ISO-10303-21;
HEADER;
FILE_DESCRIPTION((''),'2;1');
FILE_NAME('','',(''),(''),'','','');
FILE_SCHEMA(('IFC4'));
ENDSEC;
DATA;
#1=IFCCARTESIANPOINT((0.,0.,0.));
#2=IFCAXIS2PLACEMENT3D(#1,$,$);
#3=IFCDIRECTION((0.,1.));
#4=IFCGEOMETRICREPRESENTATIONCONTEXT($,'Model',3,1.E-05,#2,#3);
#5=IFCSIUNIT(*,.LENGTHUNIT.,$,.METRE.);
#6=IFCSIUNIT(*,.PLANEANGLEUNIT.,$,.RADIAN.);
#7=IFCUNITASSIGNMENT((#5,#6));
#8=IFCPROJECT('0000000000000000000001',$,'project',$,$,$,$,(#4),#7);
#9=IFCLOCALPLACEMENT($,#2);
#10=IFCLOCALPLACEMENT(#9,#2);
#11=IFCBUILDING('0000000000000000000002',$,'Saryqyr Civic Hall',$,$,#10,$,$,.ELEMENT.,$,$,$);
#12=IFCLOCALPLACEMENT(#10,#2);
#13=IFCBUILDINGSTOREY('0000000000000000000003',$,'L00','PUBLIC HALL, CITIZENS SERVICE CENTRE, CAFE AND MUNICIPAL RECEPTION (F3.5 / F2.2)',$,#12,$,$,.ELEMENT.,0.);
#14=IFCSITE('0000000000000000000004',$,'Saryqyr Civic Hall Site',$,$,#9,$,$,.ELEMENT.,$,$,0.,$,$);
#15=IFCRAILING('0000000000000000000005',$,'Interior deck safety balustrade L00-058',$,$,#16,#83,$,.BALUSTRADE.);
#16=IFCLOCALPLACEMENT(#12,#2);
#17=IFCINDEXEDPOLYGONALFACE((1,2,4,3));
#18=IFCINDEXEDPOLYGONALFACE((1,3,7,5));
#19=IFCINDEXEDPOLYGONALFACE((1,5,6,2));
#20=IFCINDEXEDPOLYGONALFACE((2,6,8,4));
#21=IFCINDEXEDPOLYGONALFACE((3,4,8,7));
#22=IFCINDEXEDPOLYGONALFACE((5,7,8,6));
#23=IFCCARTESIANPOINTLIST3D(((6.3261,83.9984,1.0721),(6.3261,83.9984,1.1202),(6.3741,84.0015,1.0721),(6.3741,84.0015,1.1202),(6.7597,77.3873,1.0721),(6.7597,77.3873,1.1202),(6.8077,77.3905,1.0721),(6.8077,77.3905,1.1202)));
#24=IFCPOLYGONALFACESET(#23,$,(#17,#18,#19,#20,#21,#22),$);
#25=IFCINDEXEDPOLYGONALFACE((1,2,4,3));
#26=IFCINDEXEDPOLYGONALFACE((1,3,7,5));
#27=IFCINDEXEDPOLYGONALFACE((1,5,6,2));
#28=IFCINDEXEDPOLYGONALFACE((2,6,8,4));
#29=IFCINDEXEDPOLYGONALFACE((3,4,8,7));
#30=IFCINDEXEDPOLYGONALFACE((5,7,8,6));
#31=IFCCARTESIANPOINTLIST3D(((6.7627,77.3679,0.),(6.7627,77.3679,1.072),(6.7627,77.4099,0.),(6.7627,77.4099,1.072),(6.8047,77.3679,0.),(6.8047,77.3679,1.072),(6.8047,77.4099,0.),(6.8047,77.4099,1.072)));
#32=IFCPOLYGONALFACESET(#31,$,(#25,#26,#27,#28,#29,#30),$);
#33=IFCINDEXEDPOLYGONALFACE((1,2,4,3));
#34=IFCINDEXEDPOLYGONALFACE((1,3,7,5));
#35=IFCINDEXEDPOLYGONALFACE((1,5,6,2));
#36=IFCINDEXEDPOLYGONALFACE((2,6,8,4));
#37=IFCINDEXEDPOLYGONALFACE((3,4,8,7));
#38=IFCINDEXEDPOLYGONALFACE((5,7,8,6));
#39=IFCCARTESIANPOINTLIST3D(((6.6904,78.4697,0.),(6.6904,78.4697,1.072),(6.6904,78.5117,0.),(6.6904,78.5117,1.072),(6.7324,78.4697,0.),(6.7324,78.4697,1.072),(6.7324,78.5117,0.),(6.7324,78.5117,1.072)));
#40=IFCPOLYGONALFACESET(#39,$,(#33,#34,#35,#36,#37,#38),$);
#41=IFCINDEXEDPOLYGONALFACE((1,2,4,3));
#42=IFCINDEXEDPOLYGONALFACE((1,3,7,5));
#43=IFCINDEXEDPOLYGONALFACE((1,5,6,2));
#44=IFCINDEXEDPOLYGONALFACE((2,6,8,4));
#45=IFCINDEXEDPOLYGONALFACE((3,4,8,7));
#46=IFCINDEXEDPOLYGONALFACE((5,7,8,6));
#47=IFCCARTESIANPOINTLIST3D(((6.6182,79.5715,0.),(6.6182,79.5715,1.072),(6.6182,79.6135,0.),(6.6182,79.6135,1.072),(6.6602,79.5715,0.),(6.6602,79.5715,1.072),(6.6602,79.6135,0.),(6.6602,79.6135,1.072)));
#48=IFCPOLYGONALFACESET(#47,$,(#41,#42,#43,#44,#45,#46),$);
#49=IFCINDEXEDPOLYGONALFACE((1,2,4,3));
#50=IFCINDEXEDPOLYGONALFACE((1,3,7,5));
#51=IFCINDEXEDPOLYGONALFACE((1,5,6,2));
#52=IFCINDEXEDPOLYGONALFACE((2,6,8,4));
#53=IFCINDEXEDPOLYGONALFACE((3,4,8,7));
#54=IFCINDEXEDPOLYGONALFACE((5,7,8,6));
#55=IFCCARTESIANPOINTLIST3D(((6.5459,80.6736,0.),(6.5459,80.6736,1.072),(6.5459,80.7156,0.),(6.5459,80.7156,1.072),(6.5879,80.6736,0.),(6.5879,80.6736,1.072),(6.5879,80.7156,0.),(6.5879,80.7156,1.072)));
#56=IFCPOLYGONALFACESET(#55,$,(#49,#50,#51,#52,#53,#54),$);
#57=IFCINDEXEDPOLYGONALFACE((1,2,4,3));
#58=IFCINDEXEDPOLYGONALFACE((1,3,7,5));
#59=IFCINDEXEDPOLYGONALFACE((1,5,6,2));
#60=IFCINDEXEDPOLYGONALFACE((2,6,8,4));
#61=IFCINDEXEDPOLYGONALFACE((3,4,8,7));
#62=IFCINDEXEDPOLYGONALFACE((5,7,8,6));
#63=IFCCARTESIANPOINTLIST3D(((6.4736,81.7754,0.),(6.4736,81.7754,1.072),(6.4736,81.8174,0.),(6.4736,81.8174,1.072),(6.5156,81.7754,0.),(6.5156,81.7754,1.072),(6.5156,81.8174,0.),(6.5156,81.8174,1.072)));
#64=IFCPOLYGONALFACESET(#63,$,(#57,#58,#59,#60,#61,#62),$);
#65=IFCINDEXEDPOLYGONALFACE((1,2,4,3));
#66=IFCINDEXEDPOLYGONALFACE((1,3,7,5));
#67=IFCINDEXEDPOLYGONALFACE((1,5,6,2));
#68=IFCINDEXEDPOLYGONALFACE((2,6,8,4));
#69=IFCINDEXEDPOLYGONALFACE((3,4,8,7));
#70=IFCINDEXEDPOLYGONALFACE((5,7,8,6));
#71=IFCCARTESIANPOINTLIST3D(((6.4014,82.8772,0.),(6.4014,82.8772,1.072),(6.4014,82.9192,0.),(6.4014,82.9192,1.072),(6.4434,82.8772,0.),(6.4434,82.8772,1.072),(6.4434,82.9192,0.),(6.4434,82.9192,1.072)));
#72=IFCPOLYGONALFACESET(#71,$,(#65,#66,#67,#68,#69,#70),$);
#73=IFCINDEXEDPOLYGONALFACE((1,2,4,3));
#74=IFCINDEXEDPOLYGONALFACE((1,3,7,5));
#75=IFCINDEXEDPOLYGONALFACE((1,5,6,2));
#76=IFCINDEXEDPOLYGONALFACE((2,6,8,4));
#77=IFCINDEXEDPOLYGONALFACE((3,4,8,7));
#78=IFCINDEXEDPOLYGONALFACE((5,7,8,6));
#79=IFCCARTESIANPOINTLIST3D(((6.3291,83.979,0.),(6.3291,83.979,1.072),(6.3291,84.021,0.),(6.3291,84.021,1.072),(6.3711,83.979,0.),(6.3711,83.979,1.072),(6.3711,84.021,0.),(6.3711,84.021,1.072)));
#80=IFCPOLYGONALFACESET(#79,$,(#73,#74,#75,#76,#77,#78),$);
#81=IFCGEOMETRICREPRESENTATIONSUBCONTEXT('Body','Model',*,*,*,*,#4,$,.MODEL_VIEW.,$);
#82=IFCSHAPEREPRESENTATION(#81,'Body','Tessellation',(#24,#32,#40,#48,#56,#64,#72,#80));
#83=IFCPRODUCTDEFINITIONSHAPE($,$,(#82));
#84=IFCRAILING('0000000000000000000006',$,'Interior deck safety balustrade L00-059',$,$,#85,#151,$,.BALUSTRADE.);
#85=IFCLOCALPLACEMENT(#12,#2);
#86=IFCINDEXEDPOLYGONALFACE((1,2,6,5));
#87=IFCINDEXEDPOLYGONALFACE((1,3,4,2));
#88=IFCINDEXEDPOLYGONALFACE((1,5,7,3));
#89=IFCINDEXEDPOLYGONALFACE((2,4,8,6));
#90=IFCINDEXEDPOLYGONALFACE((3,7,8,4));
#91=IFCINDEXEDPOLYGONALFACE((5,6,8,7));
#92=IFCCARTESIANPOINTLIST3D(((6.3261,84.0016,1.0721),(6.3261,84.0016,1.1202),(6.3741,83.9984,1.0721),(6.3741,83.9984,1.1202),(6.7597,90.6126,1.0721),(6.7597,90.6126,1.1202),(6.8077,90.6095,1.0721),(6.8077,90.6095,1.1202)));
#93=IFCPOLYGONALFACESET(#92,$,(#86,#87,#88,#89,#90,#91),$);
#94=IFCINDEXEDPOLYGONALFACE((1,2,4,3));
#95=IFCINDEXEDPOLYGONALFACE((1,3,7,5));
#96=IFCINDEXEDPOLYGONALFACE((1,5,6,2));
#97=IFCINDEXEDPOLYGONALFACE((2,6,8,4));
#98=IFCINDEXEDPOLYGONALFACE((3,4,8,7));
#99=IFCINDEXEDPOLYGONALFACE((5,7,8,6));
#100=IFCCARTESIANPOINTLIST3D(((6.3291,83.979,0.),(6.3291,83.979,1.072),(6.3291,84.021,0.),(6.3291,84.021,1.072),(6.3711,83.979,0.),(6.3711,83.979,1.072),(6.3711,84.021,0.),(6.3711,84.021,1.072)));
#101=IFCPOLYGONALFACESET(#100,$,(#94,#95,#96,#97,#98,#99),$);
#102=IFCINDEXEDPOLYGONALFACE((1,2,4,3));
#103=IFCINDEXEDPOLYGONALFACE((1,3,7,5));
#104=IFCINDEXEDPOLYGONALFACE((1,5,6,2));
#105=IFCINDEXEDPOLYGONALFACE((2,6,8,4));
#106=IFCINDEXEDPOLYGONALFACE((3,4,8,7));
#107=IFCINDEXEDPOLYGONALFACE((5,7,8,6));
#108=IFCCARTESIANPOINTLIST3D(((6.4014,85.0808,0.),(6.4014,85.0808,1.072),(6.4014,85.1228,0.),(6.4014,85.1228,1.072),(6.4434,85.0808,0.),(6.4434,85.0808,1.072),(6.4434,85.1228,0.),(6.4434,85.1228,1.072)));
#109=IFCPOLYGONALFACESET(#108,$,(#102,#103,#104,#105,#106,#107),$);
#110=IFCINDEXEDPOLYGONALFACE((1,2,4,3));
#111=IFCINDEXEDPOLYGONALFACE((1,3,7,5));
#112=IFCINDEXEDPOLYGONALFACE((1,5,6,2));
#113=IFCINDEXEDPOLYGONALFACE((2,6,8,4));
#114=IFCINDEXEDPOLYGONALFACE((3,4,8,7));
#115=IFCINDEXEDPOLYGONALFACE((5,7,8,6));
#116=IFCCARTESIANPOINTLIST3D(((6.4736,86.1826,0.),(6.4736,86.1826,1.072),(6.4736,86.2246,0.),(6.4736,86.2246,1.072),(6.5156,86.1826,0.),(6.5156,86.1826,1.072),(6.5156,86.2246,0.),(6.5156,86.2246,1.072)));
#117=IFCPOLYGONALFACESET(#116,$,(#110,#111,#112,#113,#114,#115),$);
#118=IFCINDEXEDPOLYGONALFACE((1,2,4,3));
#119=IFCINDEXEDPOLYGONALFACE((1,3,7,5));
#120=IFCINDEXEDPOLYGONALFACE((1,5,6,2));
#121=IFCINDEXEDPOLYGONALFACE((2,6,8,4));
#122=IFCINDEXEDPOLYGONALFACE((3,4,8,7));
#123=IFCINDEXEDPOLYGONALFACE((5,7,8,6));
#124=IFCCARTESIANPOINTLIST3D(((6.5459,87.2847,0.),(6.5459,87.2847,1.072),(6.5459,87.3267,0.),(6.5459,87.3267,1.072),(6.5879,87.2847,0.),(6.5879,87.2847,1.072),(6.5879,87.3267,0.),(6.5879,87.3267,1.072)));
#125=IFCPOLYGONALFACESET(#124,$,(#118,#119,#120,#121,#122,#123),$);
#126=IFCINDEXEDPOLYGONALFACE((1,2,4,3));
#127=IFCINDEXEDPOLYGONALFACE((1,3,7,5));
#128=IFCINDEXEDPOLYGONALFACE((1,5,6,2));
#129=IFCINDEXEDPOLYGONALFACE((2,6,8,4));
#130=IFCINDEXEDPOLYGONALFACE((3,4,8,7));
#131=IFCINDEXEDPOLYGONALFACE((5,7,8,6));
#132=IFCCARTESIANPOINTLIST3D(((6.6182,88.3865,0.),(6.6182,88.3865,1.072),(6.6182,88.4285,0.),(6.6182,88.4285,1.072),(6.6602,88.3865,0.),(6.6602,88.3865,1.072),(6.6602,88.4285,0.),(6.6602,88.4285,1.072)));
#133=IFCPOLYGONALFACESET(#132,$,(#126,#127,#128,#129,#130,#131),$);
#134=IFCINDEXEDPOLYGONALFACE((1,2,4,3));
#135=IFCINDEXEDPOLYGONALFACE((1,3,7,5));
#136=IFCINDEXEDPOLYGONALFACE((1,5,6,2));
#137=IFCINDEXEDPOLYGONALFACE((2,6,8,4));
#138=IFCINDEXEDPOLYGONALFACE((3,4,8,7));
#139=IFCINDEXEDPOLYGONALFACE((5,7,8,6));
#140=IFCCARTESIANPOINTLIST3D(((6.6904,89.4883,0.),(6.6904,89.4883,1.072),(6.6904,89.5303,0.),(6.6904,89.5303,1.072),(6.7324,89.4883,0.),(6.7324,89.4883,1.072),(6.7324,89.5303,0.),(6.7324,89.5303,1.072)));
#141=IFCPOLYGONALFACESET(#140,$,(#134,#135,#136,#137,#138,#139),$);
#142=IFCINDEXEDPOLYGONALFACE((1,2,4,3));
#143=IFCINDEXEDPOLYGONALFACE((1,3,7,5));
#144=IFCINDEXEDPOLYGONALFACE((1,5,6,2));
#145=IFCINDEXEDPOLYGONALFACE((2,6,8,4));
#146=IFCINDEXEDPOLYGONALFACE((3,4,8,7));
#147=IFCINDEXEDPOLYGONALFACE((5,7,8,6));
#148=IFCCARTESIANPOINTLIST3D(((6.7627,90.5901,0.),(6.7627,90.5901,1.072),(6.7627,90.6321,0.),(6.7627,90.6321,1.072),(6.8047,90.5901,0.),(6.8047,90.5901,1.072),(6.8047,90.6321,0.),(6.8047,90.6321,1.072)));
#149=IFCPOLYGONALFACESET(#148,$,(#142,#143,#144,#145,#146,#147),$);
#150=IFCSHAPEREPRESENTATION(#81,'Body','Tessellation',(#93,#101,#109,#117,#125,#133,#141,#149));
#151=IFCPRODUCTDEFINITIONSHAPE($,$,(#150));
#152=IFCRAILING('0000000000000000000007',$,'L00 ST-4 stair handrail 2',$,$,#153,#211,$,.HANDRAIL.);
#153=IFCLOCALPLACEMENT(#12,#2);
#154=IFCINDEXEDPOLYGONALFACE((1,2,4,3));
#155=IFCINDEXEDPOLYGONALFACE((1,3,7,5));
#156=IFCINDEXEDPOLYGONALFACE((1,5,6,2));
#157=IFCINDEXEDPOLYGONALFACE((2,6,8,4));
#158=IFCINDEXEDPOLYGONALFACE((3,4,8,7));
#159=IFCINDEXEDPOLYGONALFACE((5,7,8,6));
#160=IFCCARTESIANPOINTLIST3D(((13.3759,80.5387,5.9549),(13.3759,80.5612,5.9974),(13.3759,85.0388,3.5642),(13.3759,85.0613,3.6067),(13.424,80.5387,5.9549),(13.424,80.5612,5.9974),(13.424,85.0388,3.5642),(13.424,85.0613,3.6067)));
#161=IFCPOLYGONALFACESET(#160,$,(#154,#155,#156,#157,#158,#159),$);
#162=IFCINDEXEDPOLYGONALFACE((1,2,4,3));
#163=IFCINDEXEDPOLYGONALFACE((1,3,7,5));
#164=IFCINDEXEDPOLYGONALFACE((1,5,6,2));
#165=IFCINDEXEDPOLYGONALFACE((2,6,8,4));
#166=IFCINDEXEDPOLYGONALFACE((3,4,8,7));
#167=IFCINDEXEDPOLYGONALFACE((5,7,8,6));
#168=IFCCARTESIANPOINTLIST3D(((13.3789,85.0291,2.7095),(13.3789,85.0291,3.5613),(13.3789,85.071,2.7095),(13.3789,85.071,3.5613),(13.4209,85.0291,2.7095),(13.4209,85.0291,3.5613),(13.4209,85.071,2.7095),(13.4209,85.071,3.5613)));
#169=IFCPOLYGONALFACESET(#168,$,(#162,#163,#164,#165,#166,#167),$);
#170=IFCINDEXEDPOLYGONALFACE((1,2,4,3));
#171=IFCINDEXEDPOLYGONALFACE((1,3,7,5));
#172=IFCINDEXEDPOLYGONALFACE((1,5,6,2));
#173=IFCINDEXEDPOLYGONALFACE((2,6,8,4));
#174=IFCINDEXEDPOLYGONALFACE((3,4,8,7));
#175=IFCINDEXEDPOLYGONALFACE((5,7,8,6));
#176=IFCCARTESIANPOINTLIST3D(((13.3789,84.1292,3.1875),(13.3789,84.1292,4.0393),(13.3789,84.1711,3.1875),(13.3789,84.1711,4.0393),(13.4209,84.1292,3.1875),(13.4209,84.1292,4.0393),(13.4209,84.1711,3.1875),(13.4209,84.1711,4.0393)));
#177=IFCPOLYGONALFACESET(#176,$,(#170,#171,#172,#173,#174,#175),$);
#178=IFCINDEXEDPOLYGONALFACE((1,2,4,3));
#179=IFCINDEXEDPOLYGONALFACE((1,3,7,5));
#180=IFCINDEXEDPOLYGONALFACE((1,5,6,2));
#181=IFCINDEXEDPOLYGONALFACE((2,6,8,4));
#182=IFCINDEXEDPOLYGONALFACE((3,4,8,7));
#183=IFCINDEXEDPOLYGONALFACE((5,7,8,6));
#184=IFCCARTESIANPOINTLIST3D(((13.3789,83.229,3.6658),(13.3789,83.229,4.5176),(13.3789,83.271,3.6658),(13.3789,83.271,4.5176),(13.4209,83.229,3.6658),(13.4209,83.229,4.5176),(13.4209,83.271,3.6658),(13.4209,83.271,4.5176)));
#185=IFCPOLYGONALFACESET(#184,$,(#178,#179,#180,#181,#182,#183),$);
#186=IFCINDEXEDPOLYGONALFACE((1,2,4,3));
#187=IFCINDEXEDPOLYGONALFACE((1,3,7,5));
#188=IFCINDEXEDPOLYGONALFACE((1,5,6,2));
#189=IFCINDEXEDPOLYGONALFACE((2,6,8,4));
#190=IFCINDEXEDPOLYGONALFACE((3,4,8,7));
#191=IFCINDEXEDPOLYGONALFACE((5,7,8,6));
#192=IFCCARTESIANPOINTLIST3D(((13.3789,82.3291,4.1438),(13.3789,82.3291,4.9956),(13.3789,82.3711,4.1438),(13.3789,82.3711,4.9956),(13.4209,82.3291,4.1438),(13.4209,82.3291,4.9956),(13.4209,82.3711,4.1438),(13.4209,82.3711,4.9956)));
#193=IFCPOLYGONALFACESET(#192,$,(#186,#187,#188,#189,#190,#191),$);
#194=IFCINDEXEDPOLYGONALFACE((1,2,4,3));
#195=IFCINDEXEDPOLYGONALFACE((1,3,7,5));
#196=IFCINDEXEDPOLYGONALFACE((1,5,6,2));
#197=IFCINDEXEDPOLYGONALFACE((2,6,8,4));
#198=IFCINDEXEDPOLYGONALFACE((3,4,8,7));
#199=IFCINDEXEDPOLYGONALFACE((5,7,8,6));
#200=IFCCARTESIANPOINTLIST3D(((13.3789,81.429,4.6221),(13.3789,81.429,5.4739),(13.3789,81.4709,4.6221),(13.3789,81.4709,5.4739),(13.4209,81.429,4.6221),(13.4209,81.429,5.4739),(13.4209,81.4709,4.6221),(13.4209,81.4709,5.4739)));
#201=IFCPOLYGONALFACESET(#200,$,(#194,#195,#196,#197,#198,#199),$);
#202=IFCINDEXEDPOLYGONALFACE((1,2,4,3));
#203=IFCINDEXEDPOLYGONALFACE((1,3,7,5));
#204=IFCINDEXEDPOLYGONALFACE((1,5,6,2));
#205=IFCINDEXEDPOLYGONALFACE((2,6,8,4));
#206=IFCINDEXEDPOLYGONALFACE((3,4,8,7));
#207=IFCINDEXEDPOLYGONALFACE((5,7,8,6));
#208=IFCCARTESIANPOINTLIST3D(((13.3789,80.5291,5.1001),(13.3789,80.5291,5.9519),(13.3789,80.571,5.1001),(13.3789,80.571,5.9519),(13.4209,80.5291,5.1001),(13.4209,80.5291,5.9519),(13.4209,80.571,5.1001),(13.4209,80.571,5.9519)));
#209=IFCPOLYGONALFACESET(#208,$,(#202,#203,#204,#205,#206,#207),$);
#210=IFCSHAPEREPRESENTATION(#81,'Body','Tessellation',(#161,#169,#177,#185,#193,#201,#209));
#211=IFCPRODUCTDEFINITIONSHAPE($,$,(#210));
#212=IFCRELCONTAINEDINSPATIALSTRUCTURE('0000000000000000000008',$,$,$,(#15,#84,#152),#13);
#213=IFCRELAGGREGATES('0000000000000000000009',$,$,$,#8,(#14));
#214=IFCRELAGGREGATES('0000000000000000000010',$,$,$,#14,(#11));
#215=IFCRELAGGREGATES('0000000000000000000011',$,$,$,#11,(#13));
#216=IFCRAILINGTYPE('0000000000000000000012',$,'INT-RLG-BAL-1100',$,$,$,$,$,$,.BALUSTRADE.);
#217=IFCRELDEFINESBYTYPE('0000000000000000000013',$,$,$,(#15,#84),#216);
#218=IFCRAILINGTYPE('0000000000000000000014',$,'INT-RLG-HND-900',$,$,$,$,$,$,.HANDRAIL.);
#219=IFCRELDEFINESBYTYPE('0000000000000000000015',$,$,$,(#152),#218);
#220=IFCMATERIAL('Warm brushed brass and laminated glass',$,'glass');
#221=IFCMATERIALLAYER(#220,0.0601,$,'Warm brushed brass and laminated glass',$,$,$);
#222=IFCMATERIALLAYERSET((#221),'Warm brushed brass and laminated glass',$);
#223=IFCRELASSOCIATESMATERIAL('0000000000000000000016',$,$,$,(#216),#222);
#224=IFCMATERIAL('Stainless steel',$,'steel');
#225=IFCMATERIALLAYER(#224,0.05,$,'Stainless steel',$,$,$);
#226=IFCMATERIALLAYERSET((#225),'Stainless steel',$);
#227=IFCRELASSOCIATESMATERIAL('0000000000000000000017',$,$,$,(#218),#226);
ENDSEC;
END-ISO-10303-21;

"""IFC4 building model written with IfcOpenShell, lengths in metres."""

from ifc_helpers import new_model, si_unit, direction, frame, origin, origin_2d, place, context, subcontext, project, spatial, rectangle, extrude, material, layer, layer_set, type_object, element, save


model = new_model("IFC4")

# Units and contexts
model_context = context("Model", 3, precision=1e-05, world=origin(), true_north=direction((0.0, 1.0)))
body_context = subcontext(model_context, "Body", "Model", "MODEL_VIEW")
ifc_project = project(units=[si_unit("LENGTHUNIT", "METRE"), si_unit("PLANEANGLEUNIT", "RADIAN")], contexts=[model_context])

# Site, building, storey
site_placement = place(None, origin())
site = spatial("IfcSite", under=ifc_project, at=site_placement, Name="Saryqyr Civic Hall Site", CompositionType="ELEMENT", RefElevation=0.0)
building_placement = place(site_placement, origin())
building = spatial("IfcBuilding", under=site, at=building_placement, Name="Saryqyr Civic Hall", CompositionType="ELEMENT")
storey_placement = place(building_placement, origin())
storey = spatial("IfcBuildingStorey", under=building, at=storey_placement, Name="L00", Description="PUBLIC HALL, CITIZENS SERVICE CENTRE, CAFE AND MUNICIPAL RECEPTION (F3.5 / F2.2)", CompositionType="ELEMENT", Elevation=0.0)

# Railings
ifc_material_1 = material(Name="Warm brushed brass and laminated glass", Category="glass")
ifc_layer_1 = layer(ifc_material_1, 0.0601, Name="Warm brushed brass and laminated glass")
ifc_layer_set_1 = layer_set([ifc_layer_1], Name="Warm brushed brass and laminated glass")
railing_type_1 = type_object("IfcRailingType", Name="INT-RLG-BAL-1100", PredefinedType="BALUSTRADE", material=ifc_layer_set_1)
railing_1_placement = place(storey_placement, frame((6.7837, 77.3889, 0.0)))
element("IfcRailing", 1, at=railing_1_placement, inside=storey, type_object=railing_type_1, Name="Interior deck safety balustrade L00-058", PredefinedType="BALUSTRADE", context=body_context, shape_type="SweptSolid", body=[
    extrude(rectangle(XDim=0.0481, YDim=0.0481, at=origin_2d()), frame((0.0, 0.0, 1.0962), z_axis=(-0.065445, 0.997856, 0.0), x_axis=(-0.997856, -0.065445, 0.0)), (0.0, 0.0, 1.0), 6.6252),
    extrude(rectangle(XDim=0.042, YDim=0.042, at=origin_2d()), origin(), (0.0, 0.0, 1.0), 1.072),
    extrude(rectangle(XDim=0.042, YDim=0.042, at=origin_2d()), frame((-0.0723, 1.1018, 0.0)), (0.0, 0.0, 1.0), 1.072),
    extrude(rectangle(XDim=0.042, YDim=0.042, at=origin_2d()), frame((-0.1445, 2.2036, 0.0)), (0.0, 0.0, 1.0), 1.072),
    extrude(rectangle(XDim=0.042, YDim=0.042, at=origin_2d()), frame((-0.2168, 3.3057, 0.0)), (0.0, 0.0, 1.0), 1.072),
    extrude(rectangle(XDim=0.042, YDim=0.042, at=origin_2d()), frame((-0.2891, 4.4075, 0.0)), (0.0, 0.0, 1.0), 1.072),
    extrude(rectangle(XDim=0.042, YDim=0.042, at=origin_2d()), frame((-0.3613, 5.5093, 0.0)), (0.0, 0.0, 1.0), 1.072),
    extrude(rectangle(XDim=0.042, YDim=0.042, at=origin_2d()), frame((-0.4336, 6.6111, 0.0)), (0.0, 0.0, 1.0), 1.072),
])
railing_2_placement = place(storey_placement, frame((6.3501, 84.0, 0.0)))
element("IfcRailing", 2, at=railing_2_placement, inside=storey, type_object=railing_type_1, Name="Interior deck safety balustrade L00-059", PredefinedType="BALUSTRADE", context=body_context, shape_type="SweptSolid", body=[
    extrude(rectangle(XDim=0.0481, YDim=0.0481, at=origin_2d()), frame((0.0, 0.0, 1.0962), z_axis=(0.065445, 0.997856, 0.0), x_axis=(-0.997856, 0.065445, 0.0)), (0.0, 0.0, 1.0), 6.6252),
    extrude(rectangle(XDim=0.042, YDim=0.042, at=origin_2d()), origin(), (0.0, 0.0, 1.0), 1.072),
    extrude(rectangle(XDim=0.042, YDim=0.042, at=origin_2d()), frame((0.0723, 1.1018, 0.0)), (0.0, 0.0, 1.0), 1.072),
    extrude(rectangle(XDim=0.042, YDim=0.042, at=origin_2d()), frame((0.1445, 2.2036, 0.0)), (0.0, 0.0, 1.0), 1.072),
    extrude(rectangle(XDim=0.042, YDim=0.042, at=origin_2d()), frame((0.2168, 3.3057, 0.0)), (0.0, 0.0, 1.0), 1.072),
    extrude(rectangle(XDim=0.042, YDim=0.042, at=origin_2d()), frame((0.2891, 4.4075, 0.0)), (0.0, 0.0, 1.0), 1.072),
    extrude(rectangle(XDim=0.042, YDim=0.042, at=origin_2d()), frame((0.3613, 5.5093, 0.0)), (0.0, 0.0, 1.0), 1.072),
    extrude(rectangle(XDim=0.042, YDim=0.042, at=origin_2d()), frame((0.4336, 6.6111, 0.0)), (0.0, 0.0, 1.0), 1.072),
])
ifc_material_2 = material(Name="Stainless steel", Category="steel")
ifc_layer_2 = layer(ifc_material_2, 0.05, Name="Stainless steel")
ifc_layer_set_2 = layer_set([ifc_layer_2], Name="Stainless steel")
railing_type_2 = type_object("IfcRailingType", Name="INT-RLG-HND-900", PredefinedType="HANDRAIL", material=ifc_layer_set_2)
railing_3_placement = place(storey_placement, frame((13.3999, 85.05, 2.7095)))
element("IfcRailing", 3, at=railing_3_placement, inside=storey, type_object=railing_type_2, Name="L00 ST-4 stair handrail 2", PredefinedType="HANDRAIL", context=body_context, shape_type="SweptSolid", body=[
    extrude(rectangle(XDim=0.0481, YDim=0.0481, at=origin_2d()), frame((0.0, 0.0, 0.876), z_axis=(0.0, -0.883116, 0.469155), x_axis=(1.0, 0.0, 0.0)), (0.0, 0.0, 1.0), 5.0957),
    extrude(rectangle(XDim=0.042, YDim=0.042, at=origin_2d()), origin(), (0.0, 0.0, 1.0), 0.8518),
    extrude(rectangle(XDim=0.042, YDim=0.042, at=origin_2d()), frame((0.0, -0.8999, 0.478)), (0.0, 0.0, 1.0), 0.8518),
    extrude(rectangle(XDim=0.042, YDim=0.042, at=origin_2d()), frame((0.0, -1.8, 0.9563)), (0.0, 0.0, 1.0), 0.8518),
    extrude(rectangle(XDim=0.042, YDim=0.042, at=origin_2d()), frame((0.0, -2.7, 1.4343)), (0.0, 0.0, 1.0), 0.8518),
    extrude(rectangle(XDim=0.042, YDim=0.042, at=origin_2d()), frame((0.0, -3.6001, 1.9126)), (0.0, 0.0, 1.0), 0.8518),
    extrude(rectangle(XDim=0.042, YDim=0.042, at=origin_2d()), frame((0.0, -4.5, 2.3906)), (0.0, 0.0, 1.0), 0.8518),
])

save(model, "model.ifc")
